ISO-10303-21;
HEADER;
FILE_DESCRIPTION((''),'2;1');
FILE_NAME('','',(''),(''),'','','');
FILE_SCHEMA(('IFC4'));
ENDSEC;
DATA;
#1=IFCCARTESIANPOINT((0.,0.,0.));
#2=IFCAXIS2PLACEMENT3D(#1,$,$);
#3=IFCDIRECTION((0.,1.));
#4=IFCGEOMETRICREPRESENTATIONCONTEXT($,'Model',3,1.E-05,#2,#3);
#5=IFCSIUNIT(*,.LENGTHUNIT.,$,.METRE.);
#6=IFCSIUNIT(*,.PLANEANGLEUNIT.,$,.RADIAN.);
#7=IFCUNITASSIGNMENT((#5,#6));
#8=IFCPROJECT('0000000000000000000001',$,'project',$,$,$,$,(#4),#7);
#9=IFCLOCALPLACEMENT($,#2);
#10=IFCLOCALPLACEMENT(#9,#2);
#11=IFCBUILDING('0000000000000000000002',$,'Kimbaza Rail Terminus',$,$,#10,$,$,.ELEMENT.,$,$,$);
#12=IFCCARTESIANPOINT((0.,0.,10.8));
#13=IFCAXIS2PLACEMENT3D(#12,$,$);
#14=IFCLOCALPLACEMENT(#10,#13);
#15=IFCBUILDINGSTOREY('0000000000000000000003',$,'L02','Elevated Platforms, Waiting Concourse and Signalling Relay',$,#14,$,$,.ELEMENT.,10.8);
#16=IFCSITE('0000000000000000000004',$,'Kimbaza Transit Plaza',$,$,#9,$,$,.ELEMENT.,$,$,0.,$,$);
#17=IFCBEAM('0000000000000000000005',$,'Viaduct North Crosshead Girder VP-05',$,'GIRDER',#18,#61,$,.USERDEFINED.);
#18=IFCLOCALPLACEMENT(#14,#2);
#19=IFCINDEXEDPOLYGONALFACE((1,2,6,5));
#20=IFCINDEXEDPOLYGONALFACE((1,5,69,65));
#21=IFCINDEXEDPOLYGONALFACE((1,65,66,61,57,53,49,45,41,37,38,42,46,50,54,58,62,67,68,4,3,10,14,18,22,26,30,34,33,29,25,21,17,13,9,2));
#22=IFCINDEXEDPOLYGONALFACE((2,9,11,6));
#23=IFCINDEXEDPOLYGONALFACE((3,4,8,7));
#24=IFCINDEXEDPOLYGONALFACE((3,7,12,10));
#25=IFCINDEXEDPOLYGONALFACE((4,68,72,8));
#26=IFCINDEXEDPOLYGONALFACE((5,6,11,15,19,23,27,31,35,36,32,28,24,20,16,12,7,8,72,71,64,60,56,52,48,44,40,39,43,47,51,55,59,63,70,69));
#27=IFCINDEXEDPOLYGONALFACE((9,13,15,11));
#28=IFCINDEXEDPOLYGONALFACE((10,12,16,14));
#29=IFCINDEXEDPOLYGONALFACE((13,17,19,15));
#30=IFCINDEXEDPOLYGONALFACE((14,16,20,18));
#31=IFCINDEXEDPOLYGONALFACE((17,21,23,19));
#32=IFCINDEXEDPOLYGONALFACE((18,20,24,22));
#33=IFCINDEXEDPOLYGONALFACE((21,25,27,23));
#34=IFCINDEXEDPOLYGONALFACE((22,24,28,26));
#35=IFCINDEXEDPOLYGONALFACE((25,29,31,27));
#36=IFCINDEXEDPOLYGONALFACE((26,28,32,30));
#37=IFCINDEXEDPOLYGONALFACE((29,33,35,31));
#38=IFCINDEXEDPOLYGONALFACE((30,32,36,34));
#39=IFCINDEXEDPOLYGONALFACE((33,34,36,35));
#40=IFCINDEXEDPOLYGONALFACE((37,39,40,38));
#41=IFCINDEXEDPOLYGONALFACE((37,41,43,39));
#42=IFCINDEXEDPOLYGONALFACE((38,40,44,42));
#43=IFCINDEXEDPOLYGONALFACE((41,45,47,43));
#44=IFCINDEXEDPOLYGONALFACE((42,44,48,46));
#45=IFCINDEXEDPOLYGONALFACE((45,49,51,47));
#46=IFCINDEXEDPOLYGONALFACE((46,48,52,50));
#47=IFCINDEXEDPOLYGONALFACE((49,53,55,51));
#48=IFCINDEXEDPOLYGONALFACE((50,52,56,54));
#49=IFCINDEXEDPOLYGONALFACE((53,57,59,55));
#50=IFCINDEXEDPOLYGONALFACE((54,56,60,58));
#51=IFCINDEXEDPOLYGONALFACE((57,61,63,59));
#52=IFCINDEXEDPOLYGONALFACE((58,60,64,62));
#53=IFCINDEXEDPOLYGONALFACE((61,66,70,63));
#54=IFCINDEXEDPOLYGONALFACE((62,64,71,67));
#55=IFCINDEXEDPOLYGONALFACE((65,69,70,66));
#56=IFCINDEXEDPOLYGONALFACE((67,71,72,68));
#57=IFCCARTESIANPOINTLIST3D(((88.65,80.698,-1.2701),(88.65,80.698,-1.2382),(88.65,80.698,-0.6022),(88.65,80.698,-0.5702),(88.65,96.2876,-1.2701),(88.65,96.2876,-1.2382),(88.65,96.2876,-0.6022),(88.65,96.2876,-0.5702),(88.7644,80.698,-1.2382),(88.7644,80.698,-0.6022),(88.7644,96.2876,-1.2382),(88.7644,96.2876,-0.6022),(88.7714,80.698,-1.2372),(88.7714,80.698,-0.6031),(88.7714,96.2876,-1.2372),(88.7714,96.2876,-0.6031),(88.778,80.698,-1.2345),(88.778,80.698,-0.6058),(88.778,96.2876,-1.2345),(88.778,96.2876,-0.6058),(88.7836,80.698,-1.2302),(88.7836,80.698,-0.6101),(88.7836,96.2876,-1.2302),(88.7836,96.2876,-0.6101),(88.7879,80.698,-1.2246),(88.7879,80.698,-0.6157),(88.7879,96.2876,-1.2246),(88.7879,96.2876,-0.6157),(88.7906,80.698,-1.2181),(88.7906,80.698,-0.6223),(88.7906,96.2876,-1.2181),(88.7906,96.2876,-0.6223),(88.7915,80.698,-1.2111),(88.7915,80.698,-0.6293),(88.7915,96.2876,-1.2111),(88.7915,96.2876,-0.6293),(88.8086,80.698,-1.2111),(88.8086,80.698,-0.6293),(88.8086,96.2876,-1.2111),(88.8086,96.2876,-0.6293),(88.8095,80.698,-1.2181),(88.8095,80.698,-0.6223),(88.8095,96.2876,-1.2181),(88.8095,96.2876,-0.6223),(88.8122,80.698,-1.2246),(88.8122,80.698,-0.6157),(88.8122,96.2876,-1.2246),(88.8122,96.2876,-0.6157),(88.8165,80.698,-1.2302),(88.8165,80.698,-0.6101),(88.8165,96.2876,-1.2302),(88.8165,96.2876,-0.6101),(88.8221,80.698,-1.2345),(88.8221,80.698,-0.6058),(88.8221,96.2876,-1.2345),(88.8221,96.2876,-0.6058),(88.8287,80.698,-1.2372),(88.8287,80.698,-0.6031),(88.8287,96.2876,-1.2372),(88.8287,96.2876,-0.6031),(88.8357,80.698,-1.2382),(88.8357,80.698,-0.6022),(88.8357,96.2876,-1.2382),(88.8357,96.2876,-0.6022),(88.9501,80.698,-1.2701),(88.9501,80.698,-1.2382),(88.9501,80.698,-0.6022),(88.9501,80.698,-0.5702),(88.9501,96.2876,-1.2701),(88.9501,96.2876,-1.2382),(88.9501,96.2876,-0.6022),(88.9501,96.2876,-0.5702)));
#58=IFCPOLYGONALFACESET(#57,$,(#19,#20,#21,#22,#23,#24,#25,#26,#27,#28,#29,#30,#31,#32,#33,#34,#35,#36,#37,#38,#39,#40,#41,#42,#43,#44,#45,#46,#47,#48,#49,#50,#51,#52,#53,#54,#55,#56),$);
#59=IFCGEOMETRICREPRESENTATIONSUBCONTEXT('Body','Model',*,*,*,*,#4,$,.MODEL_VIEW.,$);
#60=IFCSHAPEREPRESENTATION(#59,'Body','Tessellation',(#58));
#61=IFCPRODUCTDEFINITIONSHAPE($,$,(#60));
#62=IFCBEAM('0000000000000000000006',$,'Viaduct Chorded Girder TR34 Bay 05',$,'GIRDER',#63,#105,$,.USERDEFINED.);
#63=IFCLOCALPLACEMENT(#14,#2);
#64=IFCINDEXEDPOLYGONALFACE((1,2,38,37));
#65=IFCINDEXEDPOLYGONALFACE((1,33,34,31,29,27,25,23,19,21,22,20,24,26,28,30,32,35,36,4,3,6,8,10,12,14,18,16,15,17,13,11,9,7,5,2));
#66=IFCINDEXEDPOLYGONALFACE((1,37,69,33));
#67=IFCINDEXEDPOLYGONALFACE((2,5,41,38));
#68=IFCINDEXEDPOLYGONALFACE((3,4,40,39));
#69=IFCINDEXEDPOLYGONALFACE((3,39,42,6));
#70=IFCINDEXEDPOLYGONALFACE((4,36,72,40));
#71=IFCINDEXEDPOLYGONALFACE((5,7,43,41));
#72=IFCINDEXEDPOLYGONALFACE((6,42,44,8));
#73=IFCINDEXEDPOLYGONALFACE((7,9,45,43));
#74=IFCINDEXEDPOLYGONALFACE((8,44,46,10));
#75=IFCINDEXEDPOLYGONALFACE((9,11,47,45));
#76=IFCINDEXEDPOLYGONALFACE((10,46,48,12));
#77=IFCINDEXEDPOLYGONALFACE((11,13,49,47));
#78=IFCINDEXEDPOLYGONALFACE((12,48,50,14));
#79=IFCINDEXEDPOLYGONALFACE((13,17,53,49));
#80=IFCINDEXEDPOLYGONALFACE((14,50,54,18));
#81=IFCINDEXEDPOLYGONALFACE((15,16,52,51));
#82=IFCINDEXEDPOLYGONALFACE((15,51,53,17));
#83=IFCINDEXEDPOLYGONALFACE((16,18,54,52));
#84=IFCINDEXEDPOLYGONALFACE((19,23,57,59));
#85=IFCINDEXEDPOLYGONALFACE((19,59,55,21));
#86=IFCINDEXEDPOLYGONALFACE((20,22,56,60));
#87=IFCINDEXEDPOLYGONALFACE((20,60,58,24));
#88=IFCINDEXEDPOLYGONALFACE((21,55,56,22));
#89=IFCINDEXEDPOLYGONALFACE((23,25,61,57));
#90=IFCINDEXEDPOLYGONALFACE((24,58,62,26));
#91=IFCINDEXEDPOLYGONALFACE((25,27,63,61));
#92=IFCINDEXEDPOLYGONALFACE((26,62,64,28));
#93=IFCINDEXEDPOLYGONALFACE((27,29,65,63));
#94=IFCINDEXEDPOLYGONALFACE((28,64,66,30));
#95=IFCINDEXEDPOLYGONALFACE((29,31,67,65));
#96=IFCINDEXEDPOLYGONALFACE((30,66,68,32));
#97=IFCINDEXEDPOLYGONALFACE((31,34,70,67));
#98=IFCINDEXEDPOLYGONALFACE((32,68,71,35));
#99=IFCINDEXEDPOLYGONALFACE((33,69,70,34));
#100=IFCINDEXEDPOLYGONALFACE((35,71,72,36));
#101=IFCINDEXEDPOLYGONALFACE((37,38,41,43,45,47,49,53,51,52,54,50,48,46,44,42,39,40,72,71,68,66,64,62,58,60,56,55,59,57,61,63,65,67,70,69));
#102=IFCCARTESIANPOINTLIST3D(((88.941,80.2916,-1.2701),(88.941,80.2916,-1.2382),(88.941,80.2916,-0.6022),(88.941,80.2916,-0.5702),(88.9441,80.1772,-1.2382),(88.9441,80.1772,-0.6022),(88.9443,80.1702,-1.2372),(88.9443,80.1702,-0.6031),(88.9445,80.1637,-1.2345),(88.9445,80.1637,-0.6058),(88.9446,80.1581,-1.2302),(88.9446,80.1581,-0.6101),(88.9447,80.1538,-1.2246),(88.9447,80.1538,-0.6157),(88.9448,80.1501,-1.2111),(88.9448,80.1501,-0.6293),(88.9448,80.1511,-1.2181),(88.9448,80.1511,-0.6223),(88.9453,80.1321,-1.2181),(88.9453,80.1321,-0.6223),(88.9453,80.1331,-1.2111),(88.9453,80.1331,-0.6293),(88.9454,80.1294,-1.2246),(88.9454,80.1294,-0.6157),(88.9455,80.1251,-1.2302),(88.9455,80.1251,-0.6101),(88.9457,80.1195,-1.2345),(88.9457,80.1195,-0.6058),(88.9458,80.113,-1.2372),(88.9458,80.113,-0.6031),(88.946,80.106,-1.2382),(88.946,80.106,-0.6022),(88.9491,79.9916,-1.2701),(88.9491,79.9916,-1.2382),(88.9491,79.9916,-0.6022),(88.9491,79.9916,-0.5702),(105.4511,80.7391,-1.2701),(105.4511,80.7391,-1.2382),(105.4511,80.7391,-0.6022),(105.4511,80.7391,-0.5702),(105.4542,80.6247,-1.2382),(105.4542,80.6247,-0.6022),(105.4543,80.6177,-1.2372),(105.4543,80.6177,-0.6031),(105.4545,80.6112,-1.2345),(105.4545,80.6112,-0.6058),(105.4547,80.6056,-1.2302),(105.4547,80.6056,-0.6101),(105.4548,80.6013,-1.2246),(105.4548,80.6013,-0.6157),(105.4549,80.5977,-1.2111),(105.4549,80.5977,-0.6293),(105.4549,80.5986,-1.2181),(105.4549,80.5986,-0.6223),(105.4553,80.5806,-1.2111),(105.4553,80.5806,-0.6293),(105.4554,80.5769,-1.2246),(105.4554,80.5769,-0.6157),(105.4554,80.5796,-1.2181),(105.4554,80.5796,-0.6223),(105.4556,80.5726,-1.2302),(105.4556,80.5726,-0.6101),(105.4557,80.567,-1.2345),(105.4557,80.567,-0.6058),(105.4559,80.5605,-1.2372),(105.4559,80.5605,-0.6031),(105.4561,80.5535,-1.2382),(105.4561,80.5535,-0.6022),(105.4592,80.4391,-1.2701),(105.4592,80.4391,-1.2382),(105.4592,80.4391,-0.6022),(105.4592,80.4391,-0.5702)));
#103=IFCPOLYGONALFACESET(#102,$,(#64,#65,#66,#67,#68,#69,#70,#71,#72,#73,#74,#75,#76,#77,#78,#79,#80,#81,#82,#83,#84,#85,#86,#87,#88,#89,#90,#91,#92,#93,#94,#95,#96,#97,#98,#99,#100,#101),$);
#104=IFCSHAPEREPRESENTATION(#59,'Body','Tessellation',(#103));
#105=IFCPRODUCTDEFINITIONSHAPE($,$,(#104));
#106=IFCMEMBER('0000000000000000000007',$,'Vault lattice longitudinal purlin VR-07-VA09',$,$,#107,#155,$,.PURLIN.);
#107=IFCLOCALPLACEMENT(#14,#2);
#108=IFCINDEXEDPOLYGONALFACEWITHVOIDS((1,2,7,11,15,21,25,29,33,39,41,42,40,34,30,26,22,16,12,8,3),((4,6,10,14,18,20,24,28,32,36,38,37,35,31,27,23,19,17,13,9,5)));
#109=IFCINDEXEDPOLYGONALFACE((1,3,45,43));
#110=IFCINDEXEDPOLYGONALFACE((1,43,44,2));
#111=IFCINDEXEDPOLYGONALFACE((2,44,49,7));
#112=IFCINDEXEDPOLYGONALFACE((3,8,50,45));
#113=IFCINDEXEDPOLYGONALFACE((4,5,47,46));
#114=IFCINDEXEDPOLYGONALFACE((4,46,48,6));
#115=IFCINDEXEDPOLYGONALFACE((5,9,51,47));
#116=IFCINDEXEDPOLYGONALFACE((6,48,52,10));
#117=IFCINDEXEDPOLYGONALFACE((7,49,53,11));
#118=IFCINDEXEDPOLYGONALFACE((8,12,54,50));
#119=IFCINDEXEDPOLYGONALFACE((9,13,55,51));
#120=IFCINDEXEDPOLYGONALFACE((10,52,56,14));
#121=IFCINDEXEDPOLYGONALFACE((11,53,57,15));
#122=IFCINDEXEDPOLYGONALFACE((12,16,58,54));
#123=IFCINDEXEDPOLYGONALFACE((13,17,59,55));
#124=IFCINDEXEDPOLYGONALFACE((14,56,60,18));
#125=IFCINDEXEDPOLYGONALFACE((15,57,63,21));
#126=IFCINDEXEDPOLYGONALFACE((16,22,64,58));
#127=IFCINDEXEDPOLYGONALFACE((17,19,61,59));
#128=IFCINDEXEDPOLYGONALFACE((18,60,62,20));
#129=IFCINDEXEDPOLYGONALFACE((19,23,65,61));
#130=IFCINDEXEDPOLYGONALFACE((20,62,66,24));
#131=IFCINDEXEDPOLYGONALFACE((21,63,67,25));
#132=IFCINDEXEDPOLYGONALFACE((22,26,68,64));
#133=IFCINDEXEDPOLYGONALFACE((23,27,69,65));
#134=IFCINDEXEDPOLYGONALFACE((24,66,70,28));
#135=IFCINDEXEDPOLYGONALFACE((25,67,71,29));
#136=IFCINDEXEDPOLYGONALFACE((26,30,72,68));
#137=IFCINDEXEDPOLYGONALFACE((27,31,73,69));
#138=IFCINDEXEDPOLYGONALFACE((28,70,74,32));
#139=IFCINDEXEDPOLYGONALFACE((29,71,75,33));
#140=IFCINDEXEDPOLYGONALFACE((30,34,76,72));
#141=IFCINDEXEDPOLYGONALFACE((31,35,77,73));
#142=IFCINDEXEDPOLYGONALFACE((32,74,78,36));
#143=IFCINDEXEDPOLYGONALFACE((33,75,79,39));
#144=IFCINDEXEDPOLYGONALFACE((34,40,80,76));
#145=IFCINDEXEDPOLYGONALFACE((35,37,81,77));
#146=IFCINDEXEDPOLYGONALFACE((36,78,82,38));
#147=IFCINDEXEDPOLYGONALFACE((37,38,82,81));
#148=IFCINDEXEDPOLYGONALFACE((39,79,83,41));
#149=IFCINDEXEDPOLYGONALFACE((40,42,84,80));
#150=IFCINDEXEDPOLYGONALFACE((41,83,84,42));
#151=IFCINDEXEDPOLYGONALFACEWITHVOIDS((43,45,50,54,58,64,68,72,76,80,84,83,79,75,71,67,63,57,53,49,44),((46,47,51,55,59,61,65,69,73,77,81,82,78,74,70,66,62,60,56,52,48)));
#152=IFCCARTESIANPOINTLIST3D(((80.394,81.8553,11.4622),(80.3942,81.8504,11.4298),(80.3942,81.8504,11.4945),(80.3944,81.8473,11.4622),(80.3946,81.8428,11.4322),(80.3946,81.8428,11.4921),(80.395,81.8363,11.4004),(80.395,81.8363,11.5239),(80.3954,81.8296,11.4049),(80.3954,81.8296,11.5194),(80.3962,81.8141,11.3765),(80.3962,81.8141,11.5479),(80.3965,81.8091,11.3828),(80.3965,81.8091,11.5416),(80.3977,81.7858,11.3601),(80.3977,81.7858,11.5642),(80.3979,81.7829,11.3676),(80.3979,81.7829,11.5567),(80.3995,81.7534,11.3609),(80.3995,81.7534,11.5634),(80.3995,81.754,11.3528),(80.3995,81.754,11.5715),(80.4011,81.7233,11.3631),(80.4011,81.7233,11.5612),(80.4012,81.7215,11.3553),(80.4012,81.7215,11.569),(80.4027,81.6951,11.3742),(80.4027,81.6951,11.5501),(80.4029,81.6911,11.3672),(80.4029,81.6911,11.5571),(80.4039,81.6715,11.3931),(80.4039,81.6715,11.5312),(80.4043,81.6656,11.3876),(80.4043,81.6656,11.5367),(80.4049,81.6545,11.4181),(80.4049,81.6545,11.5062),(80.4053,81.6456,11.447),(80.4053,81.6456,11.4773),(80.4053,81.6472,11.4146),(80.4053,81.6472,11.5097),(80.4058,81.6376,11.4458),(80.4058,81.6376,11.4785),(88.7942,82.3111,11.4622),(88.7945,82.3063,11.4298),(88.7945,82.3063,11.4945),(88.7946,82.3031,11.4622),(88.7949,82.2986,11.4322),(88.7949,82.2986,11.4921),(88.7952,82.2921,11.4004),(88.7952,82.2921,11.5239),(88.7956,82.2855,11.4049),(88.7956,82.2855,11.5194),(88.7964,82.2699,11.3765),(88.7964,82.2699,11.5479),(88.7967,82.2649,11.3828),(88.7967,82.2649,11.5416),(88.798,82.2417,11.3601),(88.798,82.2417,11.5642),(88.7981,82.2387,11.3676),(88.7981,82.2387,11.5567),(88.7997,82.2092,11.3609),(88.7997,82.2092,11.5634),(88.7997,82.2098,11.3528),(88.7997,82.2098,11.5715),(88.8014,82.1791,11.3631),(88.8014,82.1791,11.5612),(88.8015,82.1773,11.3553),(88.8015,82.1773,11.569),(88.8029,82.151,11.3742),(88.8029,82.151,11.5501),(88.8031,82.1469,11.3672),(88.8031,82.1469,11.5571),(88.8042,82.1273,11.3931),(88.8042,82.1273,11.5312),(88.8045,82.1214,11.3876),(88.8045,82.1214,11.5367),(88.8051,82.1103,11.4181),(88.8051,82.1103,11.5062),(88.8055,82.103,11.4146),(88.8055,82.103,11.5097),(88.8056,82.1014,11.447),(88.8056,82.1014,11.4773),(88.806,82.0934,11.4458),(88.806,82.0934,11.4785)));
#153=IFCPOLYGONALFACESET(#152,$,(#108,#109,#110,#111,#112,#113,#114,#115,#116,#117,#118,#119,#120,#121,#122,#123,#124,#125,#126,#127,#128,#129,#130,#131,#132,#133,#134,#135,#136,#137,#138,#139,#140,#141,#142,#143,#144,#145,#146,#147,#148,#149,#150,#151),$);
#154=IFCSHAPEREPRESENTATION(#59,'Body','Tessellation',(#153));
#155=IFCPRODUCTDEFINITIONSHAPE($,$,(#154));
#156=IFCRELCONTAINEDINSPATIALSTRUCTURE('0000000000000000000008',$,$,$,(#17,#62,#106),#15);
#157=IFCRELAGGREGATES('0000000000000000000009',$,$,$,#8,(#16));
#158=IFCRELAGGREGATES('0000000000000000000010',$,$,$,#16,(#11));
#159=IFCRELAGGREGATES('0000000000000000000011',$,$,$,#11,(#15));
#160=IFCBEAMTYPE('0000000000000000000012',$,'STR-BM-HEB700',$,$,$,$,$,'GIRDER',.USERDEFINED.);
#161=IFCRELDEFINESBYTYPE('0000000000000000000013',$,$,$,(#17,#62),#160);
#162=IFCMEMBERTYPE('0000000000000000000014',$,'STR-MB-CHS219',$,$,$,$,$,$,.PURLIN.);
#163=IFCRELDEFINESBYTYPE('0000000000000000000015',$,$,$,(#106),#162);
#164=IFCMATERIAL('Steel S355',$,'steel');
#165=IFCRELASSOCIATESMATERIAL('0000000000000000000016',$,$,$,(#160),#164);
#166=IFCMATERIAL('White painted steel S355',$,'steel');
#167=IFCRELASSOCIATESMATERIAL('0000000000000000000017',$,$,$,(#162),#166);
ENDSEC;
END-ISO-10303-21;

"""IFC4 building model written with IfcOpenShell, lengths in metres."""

from ifc_helpers import new_model, si_unit, direction, frame, origin, origin_2d, place, context, subcontext, project, spatial, hollow_circle, i_section, extrude, material, material_profile, profile_set, type_object, element, save


model = new_model("IFC4")

# Units and contexts
model_context = context("Model", 3, precision=1e-05, world=origin(), true_north=direction((0.0, 1.0)))
body_context = subcontext(model_context, "Body", "Model", "MODEL_VIEW")
ifc_project = project(units=[si_unit("LENGTHUNIT", "METRE"), si_unit("PLANEANGLEUNIT", "RADIAN")], contexts=[model_context])

# Site, building, storey
site_placement = place(None, origin())
site = spatial("IfcSite", under=ifc_project, at=site_placement, Name="Kimbaza Transit Plaza", CompositionType="ELEMENT", RefElevation=0.0)
building_placement = place(site_placement, origin())
building = spatial("IfcBuilding", under=site, at=building_placement, Name="Kimbaza Rail Terminus", CompositionType="ELEMENT")
storey_placement = place(building_placement, frame((0.0, 0.0, 10.8)))
storey = spatial("IfcBuildingStorey", under=building, at=storey_placement, Name="L02", Description="Elevated Platforms, Waiting Concourse and Signalling Relay", CompositionType="ELEMENT", Elevation=10.8)

# Beams
ifc_material_1 = material(Name="Steel S355", Category="steel")
ifc_material_profile_1 = material_profile(ifc_material_1, i_section(OverallWidth=0.3, OverallDepth=0.7, WebThickness=0.0171, FlangeThickness=0.032, FilletRadius=0.0271, at=origin_2d()), Name="HEB 700")
ifc_profile_set_1 = profile_set([ifc_material_profile_1], Name="Steel S355")
beam_type_1 = type_object("IfcBeamType", Name="STR-BM-HEB700", ElementType="GIRDER", PredefinedType="USERDEFINED", material=ifc_profile_set_1)
beam_1_placement = place(storey_placement, frame((88.8, 80.698, -0.9202), z_axis=(0.0, 1.0, 0.0), x_axis=(-1.0, 0.0, 0.0)))
element("IfcBeam", 1, at=beam_1_placement, inside=storey, type_object=beam_type_1, Name="Viaduct North Crosshead Girder VP-05", ObjectType="GIRDER", PredefinedType="USERDEFINED", context=body_context, shape_type="SweptSolid", body=[
    extrude(i_section(OverallWidth=0.3, OverallDepth=0.7, WebThickness=0.0171, FlangeThickness=0.032, FilletRadius=0.0271, at=origin_2d()), origin(), (0.0, 0.0, 1.0), 15.5896),
])
beam_2_placement = place(storey_placement, frame((88.9451, 80.1416, -0.9202), z_axis=(0.999633, 0.027095, 0.0), x_axis=(-0.027095, 0.999633, 0.0)))
element("IfcBeam", 2, at=beam_2_placement, inside=storey, type_object=beam_type_1, Name="Viaduct Chorded Girder TR34 Bay 05", ObjectType="GIRDER", PredefinedType="USERDEFINED", context=body_context, shape_type="SweptSolid", body=[
    extrude(i_section(OverallWidth=0.3, OverallDepth=0.7, WebThickness=0.0171, FlangeThickness=0.032, FilletRadius=0.0271, at=origin_2d()), origin(), (0.0, 0.0, 1.0), 16.5161),
])

# Member
ifc_material_2 = material(Name="White painted steel S355", Category="steel")
ifc_material_profile_2 = material_profile(ifc_material_2, hollow_circle(Radius=0.1096, WallThickness=0.0081, at=origin_2d()), Name="CHS 219.1x8")
ifc_profile_set_2 = profile_set([ifc_material_profile_2], Name="White painted steel S355")
member_type_1 = type_object("IfcMemberType", Name="STR-MB-CHS219", PredefinedType="PURLIN", material=ifc_profile_set_2)
member_1_placement = place(storey_placement, frame((80.3999, 81.7458, 11.4622), z_axis=(0.998531, 0.054183, 0.0), x_axis=(-0.054183, 0.998531, 0.0)))
element("IfcMember", 3, at=member_1_placement, inside=storey, type_object=member_type_1, Name="Vault lattice longitudinal purlin VR-07-VA09", PredefinedType="PURLIN", context=body_context, shape_type="SweptSolid", body=[
    extrude(hollow_circle(Radius=0.1096, WallThickness=0.0081, at=origin_2d()), origin(), (0.0, 0.0, 1.0), 8.4126),
])

save(model, "model.ifc")
